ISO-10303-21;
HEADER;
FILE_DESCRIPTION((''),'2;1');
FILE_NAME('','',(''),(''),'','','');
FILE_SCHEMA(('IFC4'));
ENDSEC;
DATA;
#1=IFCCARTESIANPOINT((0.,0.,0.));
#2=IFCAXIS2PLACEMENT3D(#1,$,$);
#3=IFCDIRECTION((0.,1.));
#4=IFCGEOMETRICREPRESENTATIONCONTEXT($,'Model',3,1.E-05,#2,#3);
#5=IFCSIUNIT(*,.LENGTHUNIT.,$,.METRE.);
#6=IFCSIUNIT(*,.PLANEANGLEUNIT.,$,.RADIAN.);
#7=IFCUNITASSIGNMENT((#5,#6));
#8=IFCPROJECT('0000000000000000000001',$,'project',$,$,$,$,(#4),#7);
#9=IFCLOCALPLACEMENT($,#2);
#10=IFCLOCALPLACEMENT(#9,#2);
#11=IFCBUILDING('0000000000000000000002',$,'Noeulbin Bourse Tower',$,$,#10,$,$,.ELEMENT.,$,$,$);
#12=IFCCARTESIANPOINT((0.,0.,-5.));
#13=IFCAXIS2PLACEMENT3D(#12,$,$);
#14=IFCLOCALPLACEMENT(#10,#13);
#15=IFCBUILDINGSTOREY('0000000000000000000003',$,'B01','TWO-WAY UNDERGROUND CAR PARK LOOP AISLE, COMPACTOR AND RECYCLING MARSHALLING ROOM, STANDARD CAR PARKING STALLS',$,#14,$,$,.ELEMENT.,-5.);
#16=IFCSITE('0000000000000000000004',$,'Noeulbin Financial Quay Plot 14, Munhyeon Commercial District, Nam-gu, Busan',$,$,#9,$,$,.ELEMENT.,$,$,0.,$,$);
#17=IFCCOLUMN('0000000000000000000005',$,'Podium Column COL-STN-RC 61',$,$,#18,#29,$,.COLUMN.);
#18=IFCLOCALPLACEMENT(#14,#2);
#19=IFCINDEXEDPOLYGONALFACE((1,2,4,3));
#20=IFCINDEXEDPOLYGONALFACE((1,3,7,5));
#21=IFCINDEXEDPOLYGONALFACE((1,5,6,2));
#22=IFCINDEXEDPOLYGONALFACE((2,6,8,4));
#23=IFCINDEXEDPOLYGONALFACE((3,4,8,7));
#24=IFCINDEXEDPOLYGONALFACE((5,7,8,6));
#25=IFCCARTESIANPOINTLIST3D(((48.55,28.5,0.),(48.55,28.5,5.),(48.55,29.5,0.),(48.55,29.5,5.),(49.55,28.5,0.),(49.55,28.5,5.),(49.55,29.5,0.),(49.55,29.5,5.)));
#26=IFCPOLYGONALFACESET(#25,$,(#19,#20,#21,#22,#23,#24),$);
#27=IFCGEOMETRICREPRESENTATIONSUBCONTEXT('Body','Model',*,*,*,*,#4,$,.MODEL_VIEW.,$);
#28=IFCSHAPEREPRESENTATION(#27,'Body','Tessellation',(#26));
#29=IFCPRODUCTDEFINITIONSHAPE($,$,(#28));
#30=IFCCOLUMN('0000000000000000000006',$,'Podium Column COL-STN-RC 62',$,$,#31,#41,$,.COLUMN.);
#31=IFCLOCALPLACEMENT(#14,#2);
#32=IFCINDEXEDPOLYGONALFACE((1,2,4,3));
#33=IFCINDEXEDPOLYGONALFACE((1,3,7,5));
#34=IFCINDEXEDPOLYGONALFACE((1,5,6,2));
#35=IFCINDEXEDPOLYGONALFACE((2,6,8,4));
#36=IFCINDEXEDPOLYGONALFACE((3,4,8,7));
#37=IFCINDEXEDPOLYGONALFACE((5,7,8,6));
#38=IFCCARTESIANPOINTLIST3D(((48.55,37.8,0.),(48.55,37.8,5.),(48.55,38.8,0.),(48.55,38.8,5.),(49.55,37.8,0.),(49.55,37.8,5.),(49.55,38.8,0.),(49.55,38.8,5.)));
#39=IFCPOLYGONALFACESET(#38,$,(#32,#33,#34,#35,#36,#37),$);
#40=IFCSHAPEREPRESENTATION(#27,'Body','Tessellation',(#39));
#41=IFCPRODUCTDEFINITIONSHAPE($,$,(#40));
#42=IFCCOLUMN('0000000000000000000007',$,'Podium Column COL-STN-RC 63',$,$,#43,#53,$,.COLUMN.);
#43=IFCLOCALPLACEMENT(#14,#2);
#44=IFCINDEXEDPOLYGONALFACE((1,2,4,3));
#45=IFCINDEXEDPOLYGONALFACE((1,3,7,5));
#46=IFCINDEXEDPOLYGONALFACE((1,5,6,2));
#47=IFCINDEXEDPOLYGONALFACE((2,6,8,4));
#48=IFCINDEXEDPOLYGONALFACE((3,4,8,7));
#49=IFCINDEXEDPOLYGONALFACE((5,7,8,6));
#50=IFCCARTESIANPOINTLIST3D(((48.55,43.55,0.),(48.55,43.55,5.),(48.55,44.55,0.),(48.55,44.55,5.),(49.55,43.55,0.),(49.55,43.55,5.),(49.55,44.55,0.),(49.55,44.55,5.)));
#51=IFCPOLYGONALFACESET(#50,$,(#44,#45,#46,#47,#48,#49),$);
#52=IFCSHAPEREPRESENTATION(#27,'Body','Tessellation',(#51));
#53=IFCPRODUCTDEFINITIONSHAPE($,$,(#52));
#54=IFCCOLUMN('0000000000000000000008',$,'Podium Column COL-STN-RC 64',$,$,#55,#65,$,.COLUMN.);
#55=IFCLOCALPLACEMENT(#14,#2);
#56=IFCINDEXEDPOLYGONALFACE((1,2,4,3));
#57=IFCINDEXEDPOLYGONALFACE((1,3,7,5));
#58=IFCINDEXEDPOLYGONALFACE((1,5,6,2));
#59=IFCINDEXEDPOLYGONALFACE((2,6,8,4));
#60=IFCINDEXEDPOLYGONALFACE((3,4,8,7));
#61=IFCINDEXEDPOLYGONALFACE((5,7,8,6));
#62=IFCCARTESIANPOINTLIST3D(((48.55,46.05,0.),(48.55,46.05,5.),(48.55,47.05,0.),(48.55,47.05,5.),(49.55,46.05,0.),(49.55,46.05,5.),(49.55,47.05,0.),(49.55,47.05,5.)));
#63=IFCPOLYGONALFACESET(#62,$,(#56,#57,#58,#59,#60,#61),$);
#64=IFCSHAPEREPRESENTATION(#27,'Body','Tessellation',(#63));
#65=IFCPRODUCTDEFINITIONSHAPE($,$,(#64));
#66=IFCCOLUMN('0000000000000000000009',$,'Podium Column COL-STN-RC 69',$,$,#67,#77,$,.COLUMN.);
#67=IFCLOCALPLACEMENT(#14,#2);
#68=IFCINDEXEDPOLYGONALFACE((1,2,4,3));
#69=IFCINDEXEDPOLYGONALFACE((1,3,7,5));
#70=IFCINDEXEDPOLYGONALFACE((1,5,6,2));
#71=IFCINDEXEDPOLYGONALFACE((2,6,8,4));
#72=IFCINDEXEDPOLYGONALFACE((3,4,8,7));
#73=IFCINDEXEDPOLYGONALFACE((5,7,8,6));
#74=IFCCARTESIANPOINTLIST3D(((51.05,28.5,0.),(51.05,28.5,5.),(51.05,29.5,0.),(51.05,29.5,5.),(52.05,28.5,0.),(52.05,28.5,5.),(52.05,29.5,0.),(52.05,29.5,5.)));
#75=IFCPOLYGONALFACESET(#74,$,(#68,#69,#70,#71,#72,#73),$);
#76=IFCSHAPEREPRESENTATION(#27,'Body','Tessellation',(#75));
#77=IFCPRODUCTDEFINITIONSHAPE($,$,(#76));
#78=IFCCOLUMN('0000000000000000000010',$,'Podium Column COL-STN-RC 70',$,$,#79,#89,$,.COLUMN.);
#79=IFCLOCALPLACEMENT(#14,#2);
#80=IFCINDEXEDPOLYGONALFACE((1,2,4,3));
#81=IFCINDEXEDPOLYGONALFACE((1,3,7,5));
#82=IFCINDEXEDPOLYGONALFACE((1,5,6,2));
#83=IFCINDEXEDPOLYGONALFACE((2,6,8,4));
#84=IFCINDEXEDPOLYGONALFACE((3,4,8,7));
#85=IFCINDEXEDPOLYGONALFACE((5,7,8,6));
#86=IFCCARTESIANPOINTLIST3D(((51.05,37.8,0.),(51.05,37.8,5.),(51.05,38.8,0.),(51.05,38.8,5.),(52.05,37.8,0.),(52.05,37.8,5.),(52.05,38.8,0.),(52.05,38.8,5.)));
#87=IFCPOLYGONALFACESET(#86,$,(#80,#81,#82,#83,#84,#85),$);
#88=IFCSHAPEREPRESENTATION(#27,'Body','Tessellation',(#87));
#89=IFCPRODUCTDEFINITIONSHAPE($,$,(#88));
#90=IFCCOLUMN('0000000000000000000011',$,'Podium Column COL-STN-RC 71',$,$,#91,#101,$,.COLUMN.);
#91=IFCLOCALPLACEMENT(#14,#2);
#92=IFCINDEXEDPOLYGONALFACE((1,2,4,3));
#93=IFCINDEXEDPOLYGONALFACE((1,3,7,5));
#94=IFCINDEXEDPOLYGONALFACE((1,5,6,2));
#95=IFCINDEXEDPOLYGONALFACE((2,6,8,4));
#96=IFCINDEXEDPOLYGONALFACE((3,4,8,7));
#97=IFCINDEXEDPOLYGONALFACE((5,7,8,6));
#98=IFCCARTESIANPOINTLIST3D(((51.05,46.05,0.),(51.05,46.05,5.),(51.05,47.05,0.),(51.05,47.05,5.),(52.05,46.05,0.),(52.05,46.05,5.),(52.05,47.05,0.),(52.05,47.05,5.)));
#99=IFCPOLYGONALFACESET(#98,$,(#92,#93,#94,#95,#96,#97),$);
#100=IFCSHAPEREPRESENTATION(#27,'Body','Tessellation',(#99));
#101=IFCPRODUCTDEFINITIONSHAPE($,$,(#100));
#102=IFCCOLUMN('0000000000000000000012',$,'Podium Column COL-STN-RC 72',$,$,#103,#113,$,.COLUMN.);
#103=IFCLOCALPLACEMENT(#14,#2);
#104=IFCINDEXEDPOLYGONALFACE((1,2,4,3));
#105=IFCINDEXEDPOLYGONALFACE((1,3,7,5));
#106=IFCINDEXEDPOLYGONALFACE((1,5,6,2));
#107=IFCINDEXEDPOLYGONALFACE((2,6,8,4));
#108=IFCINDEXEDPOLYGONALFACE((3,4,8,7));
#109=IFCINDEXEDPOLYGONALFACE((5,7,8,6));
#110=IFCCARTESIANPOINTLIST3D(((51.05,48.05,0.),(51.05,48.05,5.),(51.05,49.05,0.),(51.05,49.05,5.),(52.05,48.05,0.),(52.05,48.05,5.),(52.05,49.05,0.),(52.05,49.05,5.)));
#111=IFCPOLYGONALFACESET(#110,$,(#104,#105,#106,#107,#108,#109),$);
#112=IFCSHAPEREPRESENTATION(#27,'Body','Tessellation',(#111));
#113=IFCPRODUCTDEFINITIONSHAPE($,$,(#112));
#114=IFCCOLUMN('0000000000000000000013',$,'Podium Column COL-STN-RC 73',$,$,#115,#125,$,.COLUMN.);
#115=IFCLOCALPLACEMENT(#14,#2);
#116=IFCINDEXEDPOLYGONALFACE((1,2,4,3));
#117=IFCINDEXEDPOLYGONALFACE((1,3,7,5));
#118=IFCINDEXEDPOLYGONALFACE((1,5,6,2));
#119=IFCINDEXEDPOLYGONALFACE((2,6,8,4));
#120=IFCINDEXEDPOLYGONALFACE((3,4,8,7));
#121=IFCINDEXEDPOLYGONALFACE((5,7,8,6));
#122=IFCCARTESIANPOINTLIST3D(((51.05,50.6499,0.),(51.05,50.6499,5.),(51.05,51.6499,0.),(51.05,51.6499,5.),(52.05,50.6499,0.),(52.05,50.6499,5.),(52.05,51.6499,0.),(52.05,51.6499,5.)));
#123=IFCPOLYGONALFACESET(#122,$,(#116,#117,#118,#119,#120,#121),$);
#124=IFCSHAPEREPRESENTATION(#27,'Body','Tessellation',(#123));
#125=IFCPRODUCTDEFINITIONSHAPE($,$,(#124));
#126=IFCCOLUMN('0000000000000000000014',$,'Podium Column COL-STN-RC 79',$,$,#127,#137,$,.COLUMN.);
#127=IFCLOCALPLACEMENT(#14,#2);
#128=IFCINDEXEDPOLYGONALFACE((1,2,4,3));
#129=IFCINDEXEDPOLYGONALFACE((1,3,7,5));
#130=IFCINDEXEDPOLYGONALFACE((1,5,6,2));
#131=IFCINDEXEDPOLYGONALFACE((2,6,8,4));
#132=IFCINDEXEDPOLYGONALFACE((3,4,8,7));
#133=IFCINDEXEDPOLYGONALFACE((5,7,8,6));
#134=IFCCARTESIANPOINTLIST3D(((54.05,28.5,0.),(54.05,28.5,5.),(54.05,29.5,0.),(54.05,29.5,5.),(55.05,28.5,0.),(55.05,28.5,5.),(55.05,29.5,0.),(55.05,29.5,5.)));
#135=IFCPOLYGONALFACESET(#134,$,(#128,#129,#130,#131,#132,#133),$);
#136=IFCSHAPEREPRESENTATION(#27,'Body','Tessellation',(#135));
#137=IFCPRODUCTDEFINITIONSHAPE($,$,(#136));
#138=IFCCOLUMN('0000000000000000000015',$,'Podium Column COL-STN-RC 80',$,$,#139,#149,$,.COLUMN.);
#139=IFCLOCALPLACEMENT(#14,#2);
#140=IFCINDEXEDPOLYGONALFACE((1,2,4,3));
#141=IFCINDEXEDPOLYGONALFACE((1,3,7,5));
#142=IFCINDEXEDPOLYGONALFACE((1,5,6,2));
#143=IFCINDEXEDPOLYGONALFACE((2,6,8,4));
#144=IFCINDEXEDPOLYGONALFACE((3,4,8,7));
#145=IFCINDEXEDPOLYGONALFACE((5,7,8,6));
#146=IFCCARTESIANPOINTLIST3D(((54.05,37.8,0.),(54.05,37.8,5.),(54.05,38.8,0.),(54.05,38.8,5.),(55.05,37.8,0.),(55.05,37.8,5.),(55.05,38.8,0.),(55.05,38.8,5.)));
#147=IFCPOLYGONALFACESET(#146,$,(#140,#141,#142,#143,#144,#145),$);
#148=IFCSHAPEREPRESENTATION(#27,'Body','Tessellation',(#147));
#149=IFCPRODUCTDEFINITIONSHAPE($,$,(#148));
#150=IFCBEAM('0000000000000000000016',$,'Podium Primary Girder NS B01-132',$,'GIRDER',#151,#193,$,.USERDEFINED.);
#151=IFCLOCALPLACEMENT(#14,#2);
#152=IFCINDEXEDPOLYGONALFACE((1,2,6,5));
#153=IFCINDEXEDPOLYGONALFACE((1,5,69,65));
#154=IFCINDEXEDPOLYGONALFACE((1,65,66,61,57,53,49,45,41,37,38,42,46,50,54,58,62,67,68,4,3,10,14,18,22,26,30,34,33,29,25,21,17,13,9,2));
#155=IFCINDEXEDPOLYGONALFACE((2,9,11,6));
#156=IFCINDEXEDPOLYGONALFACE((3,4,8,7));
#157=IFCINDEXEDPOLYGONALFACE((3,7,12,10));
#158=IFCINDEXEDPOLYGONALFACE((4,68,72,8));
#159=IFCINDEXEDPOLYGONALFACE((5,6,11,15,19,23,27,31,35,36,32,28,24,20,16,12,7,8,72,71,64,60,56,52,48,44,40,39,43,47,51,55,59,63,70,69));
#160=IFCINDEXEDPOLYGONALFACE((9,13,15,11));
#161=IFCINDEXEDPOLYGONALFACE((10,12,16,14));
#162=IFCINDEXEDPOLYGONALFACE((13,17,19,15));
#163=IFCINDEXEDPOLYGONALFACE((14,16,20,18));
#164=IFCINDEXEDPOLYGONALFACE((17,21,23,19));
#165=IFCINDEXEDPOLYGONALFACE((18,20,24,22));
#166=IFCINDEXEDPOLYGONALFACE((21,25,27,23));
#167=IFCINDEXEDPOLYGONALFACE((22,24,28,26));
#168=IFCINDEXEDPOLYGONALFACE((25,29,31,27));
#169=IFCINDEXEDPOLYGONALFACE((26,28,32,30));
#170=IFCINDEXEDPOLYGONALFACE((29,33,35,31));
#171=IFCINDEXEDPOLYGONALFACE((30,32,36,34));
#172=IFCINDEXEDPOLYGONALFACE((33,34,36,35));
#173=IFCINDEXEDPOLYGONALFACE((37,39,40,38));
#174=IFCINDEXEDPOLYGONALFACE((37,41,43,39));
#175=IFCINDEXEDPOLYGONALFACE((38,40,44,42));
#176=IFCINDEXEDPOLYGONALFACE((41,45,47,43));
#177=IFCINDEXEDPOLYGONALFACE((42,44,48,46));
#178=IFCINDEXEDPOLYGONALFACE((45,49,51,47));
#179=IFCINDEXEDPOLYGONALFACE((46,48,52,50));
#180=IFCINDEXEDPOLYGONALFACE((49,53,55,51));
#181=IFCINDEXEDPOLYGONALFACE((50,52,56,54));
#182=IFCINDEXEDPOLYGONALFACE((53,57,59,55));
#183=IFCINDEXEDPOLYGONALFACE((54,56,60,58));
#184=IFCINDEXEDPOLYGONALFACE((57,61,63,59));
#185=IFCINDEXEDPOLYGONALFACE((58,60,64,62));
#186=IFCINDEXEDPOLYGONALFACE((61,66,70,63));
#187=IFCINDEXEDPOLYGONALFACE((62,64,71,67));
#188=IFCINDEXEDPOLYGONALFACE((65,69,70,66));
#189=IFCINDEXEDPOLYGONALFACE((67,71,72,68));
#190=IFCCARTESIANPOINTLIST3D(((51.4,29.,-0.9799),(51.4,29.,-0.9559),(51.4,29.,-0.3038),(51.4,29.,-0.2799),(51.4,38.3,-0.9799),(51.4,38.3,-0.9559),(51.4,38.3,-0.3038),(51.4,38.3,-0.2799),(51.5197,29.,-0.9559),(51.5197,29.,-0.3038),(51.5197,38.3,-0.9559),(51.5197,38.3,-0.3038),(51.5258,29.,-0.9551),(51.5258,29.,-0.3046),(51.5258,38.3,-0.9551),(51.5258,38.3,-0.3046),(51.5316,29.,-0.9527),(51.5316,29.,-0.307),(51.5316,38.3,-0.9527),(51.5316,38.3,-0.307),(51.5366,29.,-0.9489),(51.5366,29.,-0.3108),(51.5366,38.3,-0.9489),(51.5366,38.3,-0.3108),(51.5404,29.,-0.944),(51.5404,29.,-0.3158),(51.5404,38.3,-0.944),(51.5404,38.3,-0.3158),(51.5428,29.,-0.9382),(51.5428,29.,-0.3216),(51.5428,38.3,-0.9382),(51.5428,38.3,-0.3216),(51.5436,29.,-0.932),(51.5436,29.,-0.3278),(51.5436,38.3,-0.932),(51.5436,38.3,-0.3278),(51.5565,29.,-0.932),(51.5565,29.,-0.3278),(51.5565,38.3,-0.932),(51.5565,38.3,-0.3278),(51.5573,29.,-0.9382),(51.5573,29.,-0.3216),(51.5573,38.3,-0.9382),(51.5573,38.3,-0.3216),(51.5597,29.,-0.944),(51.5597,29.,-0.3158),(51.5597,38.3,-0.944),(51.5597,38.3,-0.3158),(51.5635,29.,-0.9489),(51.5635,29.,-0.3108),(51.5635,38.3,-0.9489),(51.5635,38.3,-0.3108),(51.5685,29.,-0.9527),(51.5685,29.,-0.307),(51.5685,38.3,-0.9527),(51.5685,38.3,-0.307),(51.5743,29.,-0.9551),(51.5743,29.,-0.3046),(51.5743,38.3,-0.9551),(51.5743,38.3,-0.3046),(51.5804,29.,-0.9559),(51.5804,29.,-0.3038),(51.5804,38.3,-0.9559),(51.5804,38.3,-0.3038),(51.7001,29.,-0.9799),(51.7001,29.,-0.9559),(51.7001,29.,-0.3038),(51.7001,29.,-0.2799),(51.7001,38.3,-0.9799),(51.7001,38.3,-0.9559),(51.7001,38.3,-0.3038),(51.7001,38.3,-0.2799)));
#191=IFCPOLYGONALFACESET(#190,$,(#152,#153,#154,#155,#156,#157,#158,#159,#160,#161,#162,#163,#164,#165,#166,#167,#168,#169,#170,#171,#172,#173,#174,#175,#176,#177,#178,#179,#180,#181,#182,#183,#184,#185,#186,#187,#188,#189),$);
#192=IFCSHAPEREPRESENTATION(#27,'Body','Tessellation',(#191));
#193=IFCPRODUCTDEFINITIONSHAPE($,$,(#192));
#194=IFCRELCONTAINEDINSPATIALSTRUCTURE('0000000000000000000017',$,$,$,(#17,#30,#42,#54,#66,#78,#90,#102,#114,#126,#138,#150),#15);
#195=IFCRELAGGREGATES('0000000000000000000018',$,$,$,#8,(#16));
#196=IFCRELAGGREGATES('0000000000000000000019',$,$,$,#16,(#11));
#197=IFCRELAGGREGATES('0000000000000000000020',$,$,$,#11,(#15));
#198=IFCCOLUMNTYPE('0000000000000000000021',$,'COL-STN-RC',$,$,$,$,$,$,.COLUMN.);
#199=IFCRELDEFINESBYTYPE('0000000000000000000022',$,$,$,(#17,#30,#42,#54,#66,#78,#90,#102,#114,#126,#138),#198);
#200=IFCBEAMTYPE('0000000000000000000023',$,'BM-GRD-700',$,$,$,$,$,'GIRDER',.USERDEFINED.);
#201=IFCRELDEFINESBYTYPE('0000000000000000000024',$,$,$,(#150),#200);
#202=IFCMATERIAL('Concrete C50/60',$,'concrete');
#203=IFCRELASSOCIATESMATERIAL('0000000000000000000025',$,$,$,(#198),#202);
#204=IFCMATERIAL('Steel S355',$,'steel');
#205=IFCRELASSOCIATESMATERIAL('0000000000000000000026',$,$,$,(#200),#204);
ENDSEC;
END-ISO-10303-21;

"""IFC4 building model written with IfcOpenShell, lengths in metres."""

from ifc_helpers import new_model, si_unit, direction, frame, origin, origin_2d, place, context, subcontext, project, spatial, rectangle, i_section, extrude, material, material_profile, profile_set, type_object, element, save


model = new_model("IFC4")

# Units and contexts
model_context = context("Model", 3, precision=1e-05, world=origin(), true_north=direction((0.0, 1.0)))
body_context = subcontext(model_context, "Body", "Model", "MODEL_VIEW")
ifc_project = project(units=[si_unit("LENGTHUNIT", "METRE"), si_unit("PLANEANGLEUNIT", "RADIAN")], contexts=[model_context])

# Site, building, storey
site_placement = place(None, origin())
site = spatial("IfcSite", under=ifc_project, at=site_placement, Name="Noeulbin Financial Quay Plot 14, Munhyeon Commercial District, Nam-gu, Busan", CompositionType="ELEMENT", RefElevation=0.0)
building_placement = place(site_placement, origin())
building = spatial("IfcBuilding", under=site, at=building_placement, Name="Noeulbin Bourse Tower", CompositionType="ELEMENT")
storey_placement = place(building_placement, frame((0.0, 0.0, -5.0)))
storey = spatial("IfcBuildingStorey", under=building, at=storey_placement, Name="B01", Description="TWO-WAY UNDERGROUND CAR PARK LOOP AISLE, COMPACTOR AND RECYCLING MARSHALLING ROOM, STANDARD CAR PARKING STALLS", CompositionType="ELEMENT", Elevation=-5.0)

# Columns
ifc_material_1 = material(Name="Concrete C50/60", Category="concrete")
ifc_material_profile_1 = material_profile(ifc_material_1, rectangle(XDim=1.0, YDim=1.0, at=origin_2d()), Name="RC-COL-1000x1000", Category="LoadBearing")
ifc_profile_set_1 = profile_set([ifc_material_profile_1], Name="Concrete C50/60")
column_type = type_object("IfcColumnType", Name="COL-STN-RC", PredefinedType="COLUMN", material=ifc_profile_set_1)
for number, where, z_axis, x_axis, name in (
    (1, (49.05, 29.0, 0.0), (0.0, 0.0, 1.0), (1.0, 0.0, 0.0), "Podium Column COL-STN-RC 61"),
    (2, (49.05, 38.3, 0.0), (0.0, 0.0, 1.0), (1.0, 0.0, 0.0), "Podium Column COL-STN-RC 62"),
    (3, (49.05, 44.05, 0.0), (0.0, 0.0, 1.0), (1.0, 0.0, 0.0), "Podium Column COL-STN-RC 63"),
    (4, (49.05, 46.55, 0.0), (0.0, 0.0, 1.0), (1.0, 0.0, 0.0), "Podium Column COL-STN-RC 64"),
    (5, (51.55, 29.0, 0.0), (0.0, 0.0, 1.0), (1.0, 0.0, 0.0), "Podium Column COL-STN-RC 69"),
    (6, (51.55, 38.3, 0.0), (0.0, 0.0, 1.0), (1.0, 0.0, 0.0), "Podium Column COL-STN-RC 70"),
    (7, (51.55, 46.55, 0.0), (0.0, 0.0, 1.0), (1.0, 0.0, 0.0), "Podium Column COL-STN-RC 71"),
    (8, (51.55, 48.55, 0.0), (0.0, 0.0, 1.0), (1.0, 0.0, 0.0), "Podium Column COL-STN-RC 72"),
    (9, (51.55, 51.1499, 0.0), (0.0, 0.0, 1.0), (1.0, 0.0, 0.0), "Podium Column COL-STN-RC 73"),
    (10, (54.55, 29.0, 0.0), (0.0, 0.0, 1.0), (1.0, 0.0, 0.0), "Podium Column COL-STN-RC 79"),
    (11, (54.55, 38.3, 0.0), (0.0, 0.0, 1.0), (1.0, 0.0, 0.0), "Podium Column COL-STN-RC 80"),
):
    element("IfcColumn", number, at=place(storey_placement, frame(where, z_axis=z_axis, x_axis=x_axis)), inside=storey, type_object=column_type, Name=name, PredefinedType="COLUMN", context=body_context, shape_type="SweptSolid", body=[
        extrude(rectangle(XDim=1.0, YDim=1.0, at=origin_2d()), origin(), (0.0, 0.0, 1.0), 5.0),
    ])

# Beam
ifc_material_2 = material(Name="Steel S355", Category="steel")
ifc_material_profile_2 = material_profile(ifc_material_2, i_section(OverallWidth=0.3, OverallDepth=0.7, WebThickness=0.0129, FlangeThickness=0.0239, FilletRadius=0.0239, at=origin_2d()), Name="H-700x300x13x24", Category="LoadBearing")
ifc_profile_set_2 = profile_set([ifc_material_profile_2], Name="Steel S355")
beam_type_1 = type_object("IfcBeamType", Name="BM-GRD-700", ElementType="GIRDER", PredefinedType="USERDEFINED", material=ifc_profile_set_2)
beam_1_placement = place(storey_placement, frame((51.55, 29.0, -0.6299), z_axis=(0.0, 1.0, 0.0), x_axis=(-1.0, 0.0, 0.0)))
element("IfcBeam", 12, at=beam_1_placement, inside=storey, type_object=beam_type_1, Name="Podium Primary Girder NS B01-132", ObjectType="GIRDER", PredefinedType="USERDEFINED", context=body_context, shape_type="SweptSolid", body=[
    extrude(i_section(OverallWidth=0.3, OverallDepth=0.7, WebThickness=0.0129, FlangeThickness=0.0239, FilletRadius=0.0239, at=origin_2d()), origin(), (0.0, 0.0, 1.0), 9.3),
])

save(model, "model.ifc")
